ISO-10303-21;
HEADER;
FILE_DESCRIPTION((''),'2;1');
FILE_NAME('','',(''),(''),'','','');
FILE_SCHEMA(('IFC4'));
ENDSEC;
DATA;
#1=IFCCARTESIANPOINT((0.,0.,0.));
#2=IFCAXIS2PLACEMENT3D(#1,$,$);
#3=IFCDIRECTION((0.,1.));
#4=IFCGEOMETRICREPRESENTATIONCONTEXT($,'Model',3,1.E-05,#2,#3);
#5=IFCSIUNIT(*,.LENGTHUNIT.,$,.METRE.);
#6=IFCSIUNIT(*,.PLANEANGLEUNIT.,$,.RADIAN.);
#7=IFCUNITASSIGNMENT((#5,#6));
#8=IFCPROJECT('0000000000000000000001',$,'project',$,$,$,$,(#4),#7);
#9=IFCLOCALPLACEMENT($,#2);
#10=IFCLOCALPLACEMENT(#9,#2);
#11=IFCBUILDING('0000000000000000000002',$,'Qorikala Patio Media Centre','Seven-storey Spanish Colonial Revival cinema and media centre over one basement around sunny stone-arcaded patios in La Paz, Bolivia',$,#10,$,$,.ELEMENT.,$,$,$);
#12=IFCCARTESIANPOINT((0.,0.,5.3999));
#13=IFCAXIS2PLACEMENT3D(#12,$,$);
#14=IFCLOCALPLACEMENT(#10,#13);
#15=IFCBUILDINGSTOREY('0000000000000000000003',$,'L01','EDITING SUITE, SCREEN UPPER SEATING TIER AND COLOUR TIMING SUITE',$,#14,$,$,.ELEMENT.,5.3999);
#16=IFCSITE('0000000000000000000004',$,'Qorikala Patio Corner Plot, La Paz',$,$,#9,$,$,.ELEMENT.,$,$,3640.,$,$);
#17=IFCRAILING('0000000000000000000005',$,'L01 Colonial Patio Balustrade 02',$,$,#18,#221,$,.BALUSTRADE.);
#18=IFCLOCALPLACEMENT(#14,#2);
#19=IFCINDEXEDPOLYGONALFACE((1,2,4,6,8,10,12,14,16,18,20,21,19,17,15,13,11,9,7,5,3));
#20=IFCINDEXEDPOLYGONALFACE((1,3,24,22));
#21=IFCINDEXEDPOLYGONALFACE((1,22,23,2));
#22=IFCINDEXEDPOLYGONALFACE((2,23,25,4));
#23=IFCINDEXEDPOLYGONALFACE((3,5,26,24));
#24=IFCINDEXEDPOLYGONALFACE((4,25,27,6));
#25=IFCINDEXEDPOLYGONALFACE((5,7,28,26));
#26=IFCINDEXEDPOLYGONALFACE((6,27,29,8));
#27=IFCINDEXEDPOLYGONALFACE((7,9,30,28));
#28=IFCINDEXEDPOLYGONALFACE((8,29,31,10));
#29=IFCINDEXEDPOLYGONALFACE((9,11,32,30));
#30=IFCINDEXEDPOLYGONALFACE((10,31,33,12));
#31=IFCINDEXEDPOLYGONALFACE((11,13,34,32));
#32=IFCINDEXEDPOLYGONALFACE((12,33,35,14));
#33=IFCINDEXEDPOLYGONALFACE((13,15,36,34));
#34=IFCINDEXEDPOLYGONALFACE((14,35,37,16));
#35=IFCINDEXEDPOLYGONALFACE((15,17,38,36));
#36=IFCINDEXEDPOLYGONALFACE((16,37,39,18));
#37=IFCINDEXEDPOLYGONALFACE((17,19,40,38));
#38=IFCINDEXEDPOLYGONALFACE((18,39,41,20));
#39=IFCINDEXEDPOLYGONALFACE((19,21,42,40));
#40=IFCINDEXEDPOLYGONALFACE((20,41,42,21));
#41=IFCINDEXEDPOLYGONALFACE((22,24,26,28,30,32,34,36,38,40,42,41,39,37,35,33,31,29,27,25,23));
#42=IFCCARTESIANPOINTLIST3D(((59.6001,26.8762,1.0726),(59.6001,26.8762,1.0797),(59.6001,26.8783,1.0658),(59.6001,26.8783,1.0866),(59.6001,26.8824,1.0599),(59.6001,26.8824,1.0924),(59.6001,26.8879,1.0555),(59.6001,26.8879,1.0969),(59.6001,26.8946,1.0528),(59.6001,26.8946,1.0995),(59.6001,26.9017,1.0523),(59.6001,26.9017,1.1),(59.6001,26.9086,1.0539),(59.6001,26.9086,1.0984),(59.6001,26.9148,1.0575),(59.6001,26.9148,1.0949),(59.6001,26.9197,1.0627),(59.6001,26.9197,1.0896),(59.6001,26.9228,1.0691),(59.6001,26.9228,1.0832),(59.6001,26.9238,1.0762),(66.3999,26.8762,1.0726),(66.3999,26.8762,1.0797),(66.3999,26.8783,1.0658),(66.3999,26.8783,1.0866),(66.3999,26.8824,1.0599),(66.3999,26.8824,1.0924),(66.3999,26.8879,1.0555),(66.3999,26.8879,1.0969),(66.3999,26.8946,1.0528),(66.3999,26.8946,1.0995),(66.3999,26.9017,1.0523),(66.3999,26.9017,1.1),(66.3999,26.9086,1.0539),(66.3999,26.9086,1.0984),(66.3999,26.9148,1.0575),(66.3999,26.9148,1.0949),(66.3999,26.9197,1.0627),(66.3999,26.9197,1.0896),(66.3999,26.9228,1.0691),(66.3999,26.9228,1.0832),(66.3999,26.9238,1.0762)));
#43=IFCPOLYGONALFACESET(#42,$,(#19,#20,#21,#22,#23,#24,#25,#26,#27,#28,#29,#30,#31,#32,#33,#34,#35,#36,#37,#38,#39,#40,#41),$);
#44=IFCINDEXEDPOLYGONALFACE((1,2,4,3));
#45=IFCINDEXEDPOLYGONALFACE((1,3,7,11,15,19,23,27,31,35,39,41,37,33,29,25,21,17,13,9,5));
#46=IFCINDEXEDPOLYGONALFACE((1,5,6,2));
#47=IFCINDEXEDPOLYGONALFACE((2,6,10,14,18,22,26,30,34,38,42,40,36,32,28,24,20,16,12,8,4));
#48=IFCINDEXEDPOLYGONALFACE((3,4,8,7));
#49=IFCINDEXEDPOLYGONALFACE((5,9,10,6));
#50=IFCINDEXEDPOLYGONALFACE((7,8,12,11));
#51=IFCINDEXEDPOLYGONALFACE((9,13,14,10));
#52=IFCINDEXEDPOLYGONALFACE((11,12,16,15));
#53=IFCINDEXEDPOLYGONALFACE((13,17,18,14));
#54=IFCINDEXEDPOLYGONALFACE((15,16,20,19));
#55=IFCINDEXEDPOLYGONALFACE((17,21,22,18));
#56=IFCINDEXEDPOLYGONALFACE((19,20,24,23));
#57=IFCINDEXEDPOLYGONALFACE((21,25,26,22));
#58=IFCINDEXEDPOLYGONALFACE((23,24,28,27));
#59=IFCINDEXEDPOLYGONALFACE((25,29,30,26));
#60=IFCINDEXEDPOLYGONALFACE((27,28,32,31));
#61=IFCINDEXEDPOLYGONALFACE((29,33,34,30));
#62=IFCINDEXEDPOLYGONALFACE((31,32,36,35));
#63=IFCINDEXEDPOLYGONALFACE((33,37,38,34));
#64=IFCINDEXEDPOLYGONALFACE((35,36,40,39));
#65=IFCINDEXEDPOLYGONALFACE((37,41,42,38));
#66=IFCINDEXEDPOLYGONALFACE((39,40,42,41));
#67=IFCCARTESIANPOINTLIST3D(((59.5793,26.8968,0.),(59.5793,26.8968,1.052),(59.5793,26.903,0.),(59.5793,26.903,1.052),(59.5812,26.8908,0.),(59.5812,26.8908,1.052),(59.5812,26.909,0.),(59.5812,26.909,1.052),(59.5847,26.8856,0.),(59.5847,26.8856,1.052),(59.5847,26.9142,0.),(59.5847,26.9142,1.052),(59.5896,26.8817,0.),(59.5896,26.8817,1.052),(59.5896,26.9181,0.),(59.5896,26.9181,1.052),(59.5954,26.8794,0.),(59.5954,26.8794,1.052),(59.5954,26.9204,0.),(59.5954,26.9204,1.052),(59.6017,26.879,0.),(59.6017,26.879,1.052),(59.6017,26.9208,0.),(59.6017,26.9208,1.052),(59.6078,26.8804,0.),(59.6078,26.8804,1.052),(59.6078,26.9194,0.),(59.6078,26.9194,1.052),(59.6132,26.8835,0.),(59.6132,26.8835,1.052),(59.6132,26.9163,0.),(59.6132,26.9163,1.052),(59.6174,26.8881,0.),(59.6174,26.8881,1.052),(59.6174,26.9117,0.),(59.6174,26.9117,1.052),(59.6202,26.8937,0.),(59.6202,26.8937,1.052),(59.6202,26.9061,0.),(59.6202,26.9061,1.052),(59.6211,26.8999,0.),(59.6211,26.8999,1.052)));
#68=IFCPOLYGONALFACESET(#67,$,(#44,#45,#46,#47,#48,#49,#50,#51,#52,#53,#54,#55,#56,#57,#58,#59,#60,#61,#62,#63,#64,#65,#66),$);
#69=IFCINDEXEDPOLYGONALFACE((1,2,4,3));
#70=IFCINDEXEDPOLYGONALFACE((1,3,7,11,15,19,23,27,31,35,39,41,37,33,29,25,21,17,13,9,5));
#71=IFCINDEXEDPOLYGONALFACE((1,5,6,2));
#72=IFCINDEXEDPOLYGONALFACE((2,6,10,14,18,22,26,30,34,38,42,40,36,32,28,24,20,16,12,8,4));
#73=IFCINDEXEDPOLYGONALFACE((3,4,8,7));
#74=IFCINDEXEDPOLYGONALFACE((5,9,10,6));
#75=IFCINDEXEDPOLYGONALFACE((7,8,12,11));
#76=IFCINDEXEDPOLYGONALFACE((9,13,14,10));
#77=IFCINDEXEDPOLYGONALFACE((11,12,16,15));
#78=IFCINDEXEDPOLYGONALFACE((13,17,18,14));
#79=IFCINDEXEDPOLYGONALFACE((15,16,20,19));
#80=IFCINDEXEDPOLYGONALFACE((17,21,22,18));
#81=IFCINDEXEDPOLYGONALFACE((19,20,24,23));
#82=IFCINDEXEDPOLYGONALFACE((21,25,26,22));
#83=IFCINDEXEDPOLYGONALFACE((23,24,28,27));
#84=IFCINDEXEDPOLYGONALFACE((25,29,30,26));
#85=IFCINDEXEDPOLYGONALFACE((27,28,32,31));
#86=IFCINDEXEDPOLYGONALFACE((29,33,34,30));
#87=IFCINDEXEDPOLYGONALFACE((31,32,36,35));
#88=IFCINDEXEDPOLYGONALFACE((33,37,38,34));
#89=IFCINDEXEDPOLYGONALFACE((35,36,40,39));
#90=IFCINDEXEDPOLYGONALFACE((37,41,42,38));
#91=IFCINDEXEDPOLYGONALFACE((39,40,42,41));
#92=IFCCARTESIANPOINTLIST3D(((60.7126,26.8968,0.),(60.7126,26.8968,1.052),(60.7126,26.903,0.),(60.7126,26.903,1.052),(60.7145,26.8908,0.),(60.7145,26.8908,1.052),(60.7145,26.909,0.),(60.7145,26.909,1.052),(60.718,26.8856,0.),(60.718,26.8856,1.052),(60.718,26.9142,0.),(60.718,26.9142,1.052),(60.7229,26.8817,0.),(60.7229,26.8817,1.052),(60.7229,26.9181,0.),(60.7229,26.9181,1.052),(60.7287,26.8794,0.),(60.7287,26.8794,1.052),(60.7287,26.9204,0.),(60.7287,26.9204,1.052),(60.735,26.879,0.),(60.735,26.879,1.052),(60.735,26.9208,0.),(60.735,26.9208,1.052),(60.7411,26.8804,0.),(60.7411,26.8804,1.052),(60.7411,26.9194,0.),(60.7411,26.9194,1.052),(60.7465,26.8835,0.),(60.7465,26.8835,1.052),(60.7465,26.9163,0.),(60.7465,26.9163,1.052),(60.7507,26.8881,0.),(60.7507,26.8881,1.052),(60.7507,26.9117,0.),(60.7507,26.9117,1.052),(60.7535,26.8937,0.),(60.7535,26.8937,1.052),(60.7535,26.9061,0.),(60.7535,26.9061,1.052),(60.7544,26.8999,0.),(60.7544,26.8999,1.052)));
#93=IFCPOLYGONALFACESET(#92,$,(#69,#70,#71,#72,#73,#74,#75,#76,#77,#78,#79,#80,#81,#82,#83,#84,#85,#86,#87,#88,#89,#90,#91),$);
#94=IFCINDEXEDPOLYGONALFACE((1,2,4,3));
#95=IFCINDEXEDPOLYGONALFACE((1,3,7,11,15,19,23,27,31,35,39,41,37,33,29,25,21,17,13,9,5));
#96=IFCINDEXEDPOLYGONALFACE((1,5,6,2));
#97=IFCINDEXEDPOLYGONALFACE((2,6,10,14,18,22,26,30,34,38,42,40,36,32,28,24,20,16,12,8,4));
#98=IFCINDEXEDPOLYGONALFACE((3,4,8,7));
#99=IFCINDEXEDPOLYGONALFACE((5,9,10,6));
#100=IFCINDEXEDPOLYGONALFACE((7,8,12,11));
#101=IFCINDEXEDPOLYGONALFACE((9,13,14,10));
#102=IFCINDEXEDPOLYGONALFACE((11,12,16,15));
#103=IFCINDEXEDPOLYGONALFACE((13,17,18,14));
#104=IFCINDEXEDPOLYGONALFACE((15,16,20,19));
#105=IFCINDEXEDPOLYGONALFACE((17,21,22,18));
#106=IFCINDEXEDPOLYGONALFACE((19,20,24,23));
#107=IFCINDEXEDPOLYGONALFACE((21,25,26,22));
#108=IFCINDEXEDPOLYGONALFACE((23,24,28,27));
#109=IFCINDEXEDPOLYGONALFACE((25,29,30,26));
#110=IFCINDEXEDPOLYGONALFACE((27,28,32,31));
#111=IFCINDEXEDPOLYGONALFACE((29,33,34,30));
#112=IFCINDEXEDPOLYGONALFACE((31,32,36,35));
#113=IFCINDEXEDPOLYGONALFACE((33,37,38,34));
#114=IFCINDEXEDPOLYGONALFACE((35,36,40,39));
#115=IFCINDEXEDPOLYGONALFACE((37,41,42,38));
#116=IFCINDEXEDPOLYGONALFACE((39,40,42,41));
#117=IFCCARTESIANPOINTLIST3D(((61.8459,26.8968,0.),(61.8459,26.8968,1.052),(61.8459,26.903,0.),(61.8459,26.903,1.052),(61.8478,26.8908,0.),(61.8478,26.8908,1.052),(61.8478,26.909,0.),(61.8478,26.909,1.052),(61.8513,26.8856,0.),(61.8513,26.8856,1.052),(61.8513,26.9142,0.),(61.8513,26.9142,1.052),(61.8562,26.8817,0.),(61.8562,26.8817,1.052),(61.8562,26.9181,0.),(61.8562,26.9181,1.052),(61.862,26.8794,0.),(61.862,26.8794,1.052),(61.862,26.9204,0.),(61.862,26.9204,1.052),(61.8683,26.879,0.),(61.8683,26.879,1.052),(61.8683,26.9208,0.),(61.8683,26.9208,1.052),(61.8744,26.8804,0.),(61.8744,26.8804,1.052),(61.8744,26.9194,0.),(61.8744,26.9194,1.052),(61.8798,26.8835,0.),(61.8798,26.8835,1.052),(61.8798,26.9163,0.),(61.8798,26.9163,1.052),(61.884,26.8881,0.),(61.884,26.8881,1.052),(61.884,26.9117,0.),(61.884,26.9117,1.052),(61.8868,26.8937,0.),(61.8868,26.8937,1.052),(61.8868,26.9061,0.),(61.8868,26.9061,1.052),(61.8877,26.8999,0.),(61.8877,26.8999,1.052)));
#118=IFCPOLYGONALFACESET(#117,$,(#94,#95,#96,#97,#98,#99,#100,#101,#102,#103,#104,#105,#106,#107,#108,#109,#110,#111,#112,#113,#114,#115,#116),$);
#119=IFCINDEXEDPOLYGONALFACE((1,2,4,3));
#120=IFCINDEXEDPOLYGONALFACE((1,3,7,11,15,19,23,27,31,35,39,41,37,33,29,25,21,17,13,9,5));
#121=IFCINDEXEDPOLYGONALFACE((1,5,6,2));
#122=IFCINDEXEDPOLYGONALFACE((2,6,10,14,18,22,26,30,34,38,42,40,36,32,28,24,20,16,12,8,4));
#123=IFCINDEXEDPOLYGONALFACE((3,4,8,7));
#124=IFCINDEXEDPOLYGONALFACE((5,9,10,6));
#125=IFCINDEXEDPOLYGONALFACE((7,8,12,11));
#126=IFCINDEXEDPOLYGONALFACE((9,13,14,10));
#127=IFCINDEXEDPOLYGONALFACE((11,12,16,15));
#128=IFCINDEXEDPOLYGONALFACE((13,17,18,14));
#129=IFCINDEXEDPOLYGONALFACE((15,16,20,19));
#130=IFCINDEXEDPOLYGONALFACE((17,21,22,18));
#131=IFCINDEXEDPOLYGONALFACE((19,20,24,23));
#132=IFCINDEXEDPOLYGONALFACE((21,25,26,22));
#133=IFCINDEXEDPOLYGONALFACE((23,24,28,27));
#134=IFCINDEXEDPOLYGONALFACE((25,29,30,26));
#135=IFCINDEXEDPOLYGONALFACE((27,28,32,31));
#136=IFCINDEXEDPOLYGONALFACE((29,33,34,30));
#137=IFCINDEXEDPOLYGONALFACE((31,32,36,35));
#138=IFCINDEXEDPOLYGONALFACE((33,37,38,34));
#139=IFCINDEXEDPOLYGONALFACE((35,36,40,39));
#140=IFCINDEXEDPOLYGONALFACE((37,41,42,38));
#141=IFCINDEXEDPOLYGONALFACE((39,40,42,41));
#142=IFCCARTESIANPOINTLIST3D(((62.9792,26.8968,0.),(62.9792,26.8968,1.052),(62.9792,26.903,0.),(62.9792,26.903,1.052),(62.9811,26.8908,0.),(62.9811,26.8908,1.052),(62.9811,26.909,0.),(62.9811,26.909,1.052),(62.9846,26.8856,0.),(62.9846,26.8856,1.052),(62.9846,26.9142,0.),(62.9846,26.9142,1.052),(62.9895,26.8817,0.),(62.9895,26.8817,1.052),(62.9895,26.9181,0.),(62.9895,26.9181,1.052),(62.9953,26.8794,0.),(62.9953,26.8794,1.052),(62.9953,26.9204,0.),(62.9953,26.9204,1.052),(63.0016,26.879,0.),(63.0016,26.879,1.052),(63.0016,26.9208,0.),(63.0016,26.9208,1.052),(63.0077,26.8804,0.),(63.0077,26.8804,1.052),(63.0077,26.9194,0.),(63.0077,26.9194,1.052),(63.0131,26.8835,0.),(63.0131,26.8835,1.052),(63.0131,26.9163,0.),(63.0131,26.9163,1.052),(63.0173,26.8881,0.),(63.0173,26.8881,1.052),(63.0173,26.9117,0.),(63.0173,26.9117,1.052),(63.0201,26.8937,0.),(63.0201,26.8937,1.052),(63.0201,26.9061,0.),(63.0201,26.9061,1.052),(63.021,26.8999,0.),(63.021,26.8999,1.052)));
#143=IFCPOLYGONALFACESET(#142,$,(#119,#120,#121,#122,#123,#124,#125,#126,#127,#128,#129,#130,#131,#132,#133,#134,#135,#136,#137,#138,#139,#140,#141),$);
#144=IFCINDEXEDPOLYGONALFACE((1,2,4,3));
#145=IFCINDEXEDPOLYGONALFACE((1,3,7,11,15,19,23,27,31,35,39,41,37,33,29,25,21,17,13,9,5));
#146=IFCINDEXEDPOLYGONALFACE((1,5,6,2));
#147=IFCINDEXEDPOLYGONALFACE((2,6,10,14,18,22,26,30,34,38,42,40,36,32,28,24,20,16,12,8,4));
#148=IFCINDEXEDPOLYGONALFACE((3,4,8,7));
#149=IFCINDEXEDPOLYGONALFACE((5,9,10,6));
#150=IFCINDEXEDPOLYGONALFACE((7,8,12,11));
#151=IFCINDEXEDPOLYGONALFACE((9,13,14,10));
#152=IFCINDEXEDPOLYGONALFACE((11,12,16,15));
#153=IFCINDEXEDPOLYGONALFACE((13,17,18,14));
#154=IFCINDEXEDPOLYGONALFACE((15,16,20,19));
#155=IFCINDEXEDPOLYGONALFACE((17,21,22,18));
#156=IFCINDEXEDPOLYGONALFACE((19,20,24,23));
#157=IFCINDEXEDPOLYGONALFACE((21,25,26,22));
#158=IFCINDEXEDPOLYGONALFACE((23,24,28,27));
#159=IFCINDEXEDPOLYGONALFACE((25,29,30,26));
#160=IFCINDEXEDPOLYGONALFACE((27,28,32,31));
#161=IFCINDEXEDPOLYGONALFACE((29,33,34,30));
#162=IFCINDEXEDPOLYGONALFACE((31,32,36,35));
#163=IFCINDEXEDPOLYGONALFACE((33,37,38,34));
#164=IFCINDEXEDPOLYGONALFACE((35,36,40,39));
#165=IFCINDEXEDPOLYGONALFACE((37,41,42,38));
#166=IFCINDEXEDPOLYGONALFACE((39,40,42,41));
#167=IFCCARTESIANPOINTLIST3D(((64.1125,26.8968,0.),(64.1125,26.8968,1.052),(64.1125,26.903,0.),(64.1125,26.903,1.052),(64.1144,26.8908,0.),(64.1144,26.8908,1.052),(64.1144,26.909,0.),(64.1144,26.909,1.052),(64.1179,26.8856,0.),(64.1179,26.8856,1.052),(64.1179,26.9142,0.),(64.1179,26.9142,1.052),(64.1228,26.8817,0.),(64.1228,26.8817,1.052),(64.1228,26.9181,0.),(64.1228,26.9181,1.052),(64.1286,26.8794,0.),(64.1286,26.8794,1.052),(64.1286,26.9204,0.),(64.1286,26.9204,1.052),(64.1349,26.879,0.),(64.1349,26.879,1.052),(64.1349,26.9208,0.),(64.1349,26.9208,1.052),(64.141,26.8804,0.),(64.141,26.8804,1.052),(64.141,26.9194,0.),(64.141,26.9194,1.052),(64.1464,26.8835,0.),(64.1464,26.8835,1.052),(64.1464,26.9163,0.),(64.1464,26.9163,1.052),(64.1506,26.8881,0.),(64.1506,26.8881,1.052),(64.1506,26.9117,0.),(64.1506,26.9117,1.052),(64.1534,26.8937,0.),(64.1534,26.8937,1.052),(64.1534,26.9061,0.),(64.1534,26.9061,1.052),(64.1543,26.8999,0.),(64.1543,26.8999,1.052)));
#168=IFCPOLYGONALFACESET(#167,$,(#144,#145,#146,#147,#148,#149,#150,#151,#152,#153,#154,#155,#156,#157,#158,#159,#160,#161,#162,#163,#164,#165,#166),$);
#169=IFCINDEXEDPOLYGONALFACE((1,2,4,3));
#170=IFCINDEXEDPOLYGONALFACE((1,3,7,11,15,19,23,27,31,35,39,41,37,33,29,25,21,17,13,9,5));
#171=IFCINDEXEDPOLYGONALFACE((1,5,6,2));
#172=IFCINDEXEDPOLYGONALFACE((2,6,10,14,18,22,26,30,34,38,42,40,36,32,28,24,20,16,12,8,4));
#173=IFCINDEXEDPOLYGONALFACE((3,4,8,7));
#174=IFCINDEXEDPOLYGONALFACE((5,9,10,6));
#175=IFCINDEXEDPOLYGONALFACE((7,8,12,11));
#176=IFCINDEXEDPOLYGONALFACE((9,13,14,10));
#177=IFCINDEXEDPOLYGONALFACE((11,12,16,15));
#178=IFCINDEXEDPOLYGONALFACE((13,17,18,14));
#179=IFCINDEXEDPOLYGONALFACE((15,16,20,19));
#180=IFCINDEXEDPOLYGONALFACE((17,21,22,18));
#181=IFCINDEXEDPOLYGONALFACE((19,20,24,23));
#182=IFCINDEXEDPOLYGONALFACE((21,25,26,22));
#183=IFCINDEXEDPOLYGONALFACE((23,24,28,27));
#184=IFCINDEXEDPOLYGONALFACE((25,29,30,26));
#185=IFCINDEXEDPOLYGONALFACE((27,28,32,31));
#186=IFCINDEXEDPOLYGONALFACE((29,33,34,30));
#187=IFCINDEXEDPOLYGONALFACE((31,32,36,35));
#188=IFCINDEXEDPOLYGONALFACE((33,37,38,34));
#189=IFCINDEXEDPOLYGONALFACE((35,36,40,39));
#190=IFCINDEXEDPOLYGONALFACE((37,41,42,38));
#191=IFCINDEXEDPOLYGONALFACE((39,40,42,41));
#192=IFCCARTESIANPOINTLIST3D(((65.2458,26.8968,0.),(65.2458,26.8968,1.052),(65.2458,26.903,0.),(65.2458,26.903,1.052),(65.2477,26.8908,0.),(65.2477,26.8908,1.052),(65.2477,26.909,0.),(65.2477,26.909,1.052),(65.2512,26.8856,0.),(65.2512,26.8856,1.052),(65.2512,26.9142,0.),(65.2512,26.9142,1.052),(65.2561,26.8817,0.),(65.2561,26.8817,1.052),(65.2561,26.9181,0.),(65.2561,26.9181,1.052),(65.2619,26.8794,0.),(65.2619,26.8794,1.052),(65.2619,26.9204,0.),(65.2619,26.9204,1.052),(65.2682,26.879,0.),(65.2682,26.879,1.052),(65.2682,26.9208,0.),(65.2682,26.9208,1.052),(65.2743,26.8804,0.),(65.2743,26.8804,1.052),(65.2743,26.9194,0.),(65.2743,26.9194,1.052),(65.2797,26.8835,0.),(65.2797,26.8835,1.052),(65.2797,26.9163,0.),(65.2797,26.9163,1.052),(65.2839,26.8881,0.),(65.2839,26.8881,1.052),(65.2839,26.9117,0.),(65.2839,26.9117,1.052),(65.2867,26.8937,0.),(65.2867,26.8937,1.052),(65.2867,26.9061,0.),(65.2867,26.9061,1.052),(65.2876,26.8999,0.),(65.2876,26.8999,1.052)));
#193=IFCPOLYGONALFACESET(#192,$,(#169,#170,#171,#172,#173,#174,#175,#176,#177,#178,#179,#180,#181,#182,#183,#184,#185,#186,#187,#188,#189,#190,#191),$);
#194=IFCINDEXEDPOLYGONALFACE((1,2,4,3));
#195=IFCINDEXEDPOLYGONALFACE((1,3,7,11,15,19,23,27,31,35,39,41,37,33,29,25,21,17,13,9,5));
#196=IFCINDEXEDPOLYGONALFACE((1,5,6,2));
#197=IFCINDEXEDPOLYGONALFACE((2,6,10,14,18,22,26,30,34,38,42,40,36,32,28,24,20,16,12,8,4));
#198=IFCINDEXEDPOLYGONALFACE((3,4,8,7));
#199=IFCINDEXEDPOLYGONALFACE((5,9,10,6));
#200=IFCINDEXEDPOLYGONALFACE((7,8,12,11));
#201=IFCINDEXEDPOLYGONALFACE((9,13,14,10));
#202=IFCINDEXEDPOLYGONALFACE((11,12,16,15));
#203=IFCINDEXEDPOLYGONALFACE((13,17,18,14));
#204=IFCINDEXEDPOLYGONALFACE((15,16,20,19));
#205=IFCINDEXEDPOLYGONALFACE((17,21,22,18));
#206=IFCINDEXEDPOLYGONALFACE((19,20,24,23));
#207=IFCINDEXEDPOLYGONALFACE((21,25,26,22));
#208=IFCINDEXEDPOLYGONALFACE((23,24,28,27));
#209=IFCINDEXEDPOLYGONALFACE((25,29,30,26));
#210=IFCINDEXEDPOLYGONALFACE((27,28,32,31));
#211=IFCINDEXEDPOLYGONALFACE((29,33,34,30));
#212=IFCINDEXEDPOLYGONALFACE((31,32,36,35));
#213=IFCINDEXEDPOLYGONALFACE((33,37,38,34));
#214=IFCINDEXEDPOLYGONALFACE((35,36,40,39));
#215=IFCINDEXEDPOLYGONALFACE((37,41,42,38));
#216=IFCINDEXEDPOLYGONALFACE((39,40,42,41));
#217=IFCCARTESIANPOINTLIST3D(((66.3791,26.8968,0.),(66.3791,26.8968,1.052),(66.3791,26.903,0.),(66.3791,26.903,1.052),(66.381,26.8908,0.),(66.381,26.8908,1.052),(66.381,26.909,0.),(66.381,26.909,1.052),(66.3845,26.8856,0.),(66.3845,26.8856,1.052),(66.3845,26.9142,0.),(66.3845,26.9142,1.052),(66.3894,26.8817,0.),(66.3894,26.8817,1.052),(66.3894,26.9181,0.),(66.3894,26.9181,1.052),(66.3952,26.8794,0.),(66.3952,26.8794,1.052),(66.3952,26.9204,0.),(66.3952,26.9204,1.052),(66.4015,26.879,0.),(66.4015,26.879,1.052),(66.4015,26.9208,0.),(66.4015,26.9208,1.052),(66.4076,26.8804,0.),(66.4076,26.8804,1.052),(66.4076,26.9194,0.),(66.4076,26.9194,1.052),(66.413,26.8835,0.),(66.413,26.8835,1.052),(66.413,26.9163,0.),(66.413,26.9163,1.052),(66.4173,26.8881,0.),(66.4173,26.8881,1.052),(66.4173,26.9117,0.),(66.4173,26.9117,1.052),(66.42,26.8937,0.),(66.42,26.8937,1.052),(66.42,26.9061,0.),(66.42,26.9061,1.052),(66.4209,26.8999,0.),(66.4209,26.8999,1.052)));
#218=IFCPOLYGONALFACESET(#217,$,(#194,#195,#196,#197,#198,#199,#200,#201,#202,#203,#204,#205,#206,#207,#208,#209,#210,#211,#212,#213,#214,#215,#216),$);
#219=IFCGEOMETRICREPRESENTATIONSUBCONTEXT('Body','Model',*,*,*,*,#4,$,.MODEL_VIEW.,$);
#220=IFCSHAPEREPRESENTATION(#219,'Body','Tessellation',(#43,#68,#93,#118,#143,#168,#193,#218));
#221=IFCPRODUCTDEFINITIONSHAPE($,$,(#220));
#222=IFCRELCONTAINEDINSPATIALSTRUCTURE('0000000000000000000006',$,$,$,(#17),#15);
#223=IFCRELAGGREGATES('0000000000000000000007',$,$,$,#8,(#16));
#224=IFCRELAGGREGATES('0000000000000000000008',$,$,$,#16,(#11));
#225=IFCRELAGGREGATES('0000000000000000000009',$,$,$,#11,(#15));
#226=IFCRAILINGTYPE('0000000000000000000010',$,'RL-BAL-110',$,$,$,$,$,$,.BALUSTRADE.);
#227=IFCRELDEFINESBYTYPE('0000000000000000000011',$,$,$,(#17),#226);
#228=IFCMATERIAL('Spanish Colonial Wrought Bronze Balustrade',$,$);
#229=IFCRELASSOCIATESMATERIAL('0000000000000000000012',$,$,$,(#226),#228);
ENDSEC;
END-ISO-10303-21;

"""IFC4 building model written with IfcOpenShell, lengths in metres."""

from ifc_helpers import new_model, si_unit, direction, frame, origin, origin_2d, place, context, subcontext, project, spatial, circle, extrude, material, type_object, element, save


model = new_model("IFC4")

# Units and contexts
model_context = context("Model", 3, precision=1e-05, world=origin(), true_north=direction((0.0, 1.0)))
body_context = subcontext(model_context, "Body", "Model", "MODEL_VIEW")
ifc_project = project(units=[si_unit("LENGTHUNIT", "METRE"), si_unit("PLANEANGLEUNIT", "RADIAN")], contexts=[model_context])

# Site, building, storey
site_placement = place(None, origin())
site = spatial("IfcSite", under=ifc_project, at=site_placement, Name="Qorikala Patio Corner Plot, La Paz", CompositionType="ELEMENT", RefElevation=3640.0)
building_placement = place(site_placement, origin())
building = spatial("IfcBuilding", under=site, at=building_placement, Name="Qorikala Patio Media Centre", Description="Seven-storey Spanish Colonial Revival cinema and media centre over one basement around sunny stone-arcaded patios in La Paz, Bolivia", CompositionType="ELEMENT")
storey_placement = place(building_placement, frame((0.0, 0.0, 5.3999)))
storey = spatial("IfcBuildingStorey", under=building, at=storey_placement, Name="L01", Description="EDITING SUITE, SCREEN UPPER SEATING TIER AND COLOUR TIMING SUITE", CompositionType="ELEMENT", Elevation=5.3999)

# Railing
ifc_material_1 = material(Name="Spanish Colonial Wrought Bronze Balustrade")
railing_type = type_object("IfcRailingType", Name="RL-BAL-110", PredefinedType="BALUSTRADE", material=ifc_material_1)
railing_placement = place(storey_placement, frame((59.6001, 26.8999, 0.0)))
element("IfcRailing", 1, at=railing_placement, inside=storey, type_object=railing_type, Name="L01 Colonial Patio Balustrade 02", PredefinedType="BALUSTRADE", context=body_context, shape_type="SweptSolid", body=[
    extrude(circle(Radius=0.0239, at=origin_2d()), frame((0.0, 0.0, 1.0762), z_axis=(1.0, 0.0, 0.0), x_axis=(0.0, 1.0, 0.0)), (0.0, 0.0, 1.0), 6.7998),
    extrude(circle(Radius=0.021, at=origin_2d()), origin(), (0.0, 0.0, 1.0), 1.052),
    extrude(circle(Radius=0.021, at=origin_2d()), frame((1.1333, 0.0, 0.0)), (0.0, 0.0, 1.0), 1.052),
    extrude(circle(Radius=0.021, at=origin_2d()), frame((2.2666, 0.0, 0.0)), (0.0, 0.0, 1.0), 1.052),
    extrude(circle(Radius=0.021, at=origin_2d()), frame((3.3999, 0.0, 0.0)), (0.0, 0.0, 1.0), 1.052),
    extrude(circle(Radius=0.021, at=origin_2d()), frame((4.5332, 0.0, 0.0)), (0.0, 0.0, 1.0), 1.052),
    extrude(circle(Radius=0.021, at=origin_2d()), frame((5.6665, 0.0, 0.0)), (0.0, 0.0, 1.0), 1.052),
    extrude(circle(Radius=0.021, at=origin_2d()), frame((6.7998, 0.0, 0.0)), (0.0, 0.0, 1.0), 1.052),
])

save(model, "model.ifc")
